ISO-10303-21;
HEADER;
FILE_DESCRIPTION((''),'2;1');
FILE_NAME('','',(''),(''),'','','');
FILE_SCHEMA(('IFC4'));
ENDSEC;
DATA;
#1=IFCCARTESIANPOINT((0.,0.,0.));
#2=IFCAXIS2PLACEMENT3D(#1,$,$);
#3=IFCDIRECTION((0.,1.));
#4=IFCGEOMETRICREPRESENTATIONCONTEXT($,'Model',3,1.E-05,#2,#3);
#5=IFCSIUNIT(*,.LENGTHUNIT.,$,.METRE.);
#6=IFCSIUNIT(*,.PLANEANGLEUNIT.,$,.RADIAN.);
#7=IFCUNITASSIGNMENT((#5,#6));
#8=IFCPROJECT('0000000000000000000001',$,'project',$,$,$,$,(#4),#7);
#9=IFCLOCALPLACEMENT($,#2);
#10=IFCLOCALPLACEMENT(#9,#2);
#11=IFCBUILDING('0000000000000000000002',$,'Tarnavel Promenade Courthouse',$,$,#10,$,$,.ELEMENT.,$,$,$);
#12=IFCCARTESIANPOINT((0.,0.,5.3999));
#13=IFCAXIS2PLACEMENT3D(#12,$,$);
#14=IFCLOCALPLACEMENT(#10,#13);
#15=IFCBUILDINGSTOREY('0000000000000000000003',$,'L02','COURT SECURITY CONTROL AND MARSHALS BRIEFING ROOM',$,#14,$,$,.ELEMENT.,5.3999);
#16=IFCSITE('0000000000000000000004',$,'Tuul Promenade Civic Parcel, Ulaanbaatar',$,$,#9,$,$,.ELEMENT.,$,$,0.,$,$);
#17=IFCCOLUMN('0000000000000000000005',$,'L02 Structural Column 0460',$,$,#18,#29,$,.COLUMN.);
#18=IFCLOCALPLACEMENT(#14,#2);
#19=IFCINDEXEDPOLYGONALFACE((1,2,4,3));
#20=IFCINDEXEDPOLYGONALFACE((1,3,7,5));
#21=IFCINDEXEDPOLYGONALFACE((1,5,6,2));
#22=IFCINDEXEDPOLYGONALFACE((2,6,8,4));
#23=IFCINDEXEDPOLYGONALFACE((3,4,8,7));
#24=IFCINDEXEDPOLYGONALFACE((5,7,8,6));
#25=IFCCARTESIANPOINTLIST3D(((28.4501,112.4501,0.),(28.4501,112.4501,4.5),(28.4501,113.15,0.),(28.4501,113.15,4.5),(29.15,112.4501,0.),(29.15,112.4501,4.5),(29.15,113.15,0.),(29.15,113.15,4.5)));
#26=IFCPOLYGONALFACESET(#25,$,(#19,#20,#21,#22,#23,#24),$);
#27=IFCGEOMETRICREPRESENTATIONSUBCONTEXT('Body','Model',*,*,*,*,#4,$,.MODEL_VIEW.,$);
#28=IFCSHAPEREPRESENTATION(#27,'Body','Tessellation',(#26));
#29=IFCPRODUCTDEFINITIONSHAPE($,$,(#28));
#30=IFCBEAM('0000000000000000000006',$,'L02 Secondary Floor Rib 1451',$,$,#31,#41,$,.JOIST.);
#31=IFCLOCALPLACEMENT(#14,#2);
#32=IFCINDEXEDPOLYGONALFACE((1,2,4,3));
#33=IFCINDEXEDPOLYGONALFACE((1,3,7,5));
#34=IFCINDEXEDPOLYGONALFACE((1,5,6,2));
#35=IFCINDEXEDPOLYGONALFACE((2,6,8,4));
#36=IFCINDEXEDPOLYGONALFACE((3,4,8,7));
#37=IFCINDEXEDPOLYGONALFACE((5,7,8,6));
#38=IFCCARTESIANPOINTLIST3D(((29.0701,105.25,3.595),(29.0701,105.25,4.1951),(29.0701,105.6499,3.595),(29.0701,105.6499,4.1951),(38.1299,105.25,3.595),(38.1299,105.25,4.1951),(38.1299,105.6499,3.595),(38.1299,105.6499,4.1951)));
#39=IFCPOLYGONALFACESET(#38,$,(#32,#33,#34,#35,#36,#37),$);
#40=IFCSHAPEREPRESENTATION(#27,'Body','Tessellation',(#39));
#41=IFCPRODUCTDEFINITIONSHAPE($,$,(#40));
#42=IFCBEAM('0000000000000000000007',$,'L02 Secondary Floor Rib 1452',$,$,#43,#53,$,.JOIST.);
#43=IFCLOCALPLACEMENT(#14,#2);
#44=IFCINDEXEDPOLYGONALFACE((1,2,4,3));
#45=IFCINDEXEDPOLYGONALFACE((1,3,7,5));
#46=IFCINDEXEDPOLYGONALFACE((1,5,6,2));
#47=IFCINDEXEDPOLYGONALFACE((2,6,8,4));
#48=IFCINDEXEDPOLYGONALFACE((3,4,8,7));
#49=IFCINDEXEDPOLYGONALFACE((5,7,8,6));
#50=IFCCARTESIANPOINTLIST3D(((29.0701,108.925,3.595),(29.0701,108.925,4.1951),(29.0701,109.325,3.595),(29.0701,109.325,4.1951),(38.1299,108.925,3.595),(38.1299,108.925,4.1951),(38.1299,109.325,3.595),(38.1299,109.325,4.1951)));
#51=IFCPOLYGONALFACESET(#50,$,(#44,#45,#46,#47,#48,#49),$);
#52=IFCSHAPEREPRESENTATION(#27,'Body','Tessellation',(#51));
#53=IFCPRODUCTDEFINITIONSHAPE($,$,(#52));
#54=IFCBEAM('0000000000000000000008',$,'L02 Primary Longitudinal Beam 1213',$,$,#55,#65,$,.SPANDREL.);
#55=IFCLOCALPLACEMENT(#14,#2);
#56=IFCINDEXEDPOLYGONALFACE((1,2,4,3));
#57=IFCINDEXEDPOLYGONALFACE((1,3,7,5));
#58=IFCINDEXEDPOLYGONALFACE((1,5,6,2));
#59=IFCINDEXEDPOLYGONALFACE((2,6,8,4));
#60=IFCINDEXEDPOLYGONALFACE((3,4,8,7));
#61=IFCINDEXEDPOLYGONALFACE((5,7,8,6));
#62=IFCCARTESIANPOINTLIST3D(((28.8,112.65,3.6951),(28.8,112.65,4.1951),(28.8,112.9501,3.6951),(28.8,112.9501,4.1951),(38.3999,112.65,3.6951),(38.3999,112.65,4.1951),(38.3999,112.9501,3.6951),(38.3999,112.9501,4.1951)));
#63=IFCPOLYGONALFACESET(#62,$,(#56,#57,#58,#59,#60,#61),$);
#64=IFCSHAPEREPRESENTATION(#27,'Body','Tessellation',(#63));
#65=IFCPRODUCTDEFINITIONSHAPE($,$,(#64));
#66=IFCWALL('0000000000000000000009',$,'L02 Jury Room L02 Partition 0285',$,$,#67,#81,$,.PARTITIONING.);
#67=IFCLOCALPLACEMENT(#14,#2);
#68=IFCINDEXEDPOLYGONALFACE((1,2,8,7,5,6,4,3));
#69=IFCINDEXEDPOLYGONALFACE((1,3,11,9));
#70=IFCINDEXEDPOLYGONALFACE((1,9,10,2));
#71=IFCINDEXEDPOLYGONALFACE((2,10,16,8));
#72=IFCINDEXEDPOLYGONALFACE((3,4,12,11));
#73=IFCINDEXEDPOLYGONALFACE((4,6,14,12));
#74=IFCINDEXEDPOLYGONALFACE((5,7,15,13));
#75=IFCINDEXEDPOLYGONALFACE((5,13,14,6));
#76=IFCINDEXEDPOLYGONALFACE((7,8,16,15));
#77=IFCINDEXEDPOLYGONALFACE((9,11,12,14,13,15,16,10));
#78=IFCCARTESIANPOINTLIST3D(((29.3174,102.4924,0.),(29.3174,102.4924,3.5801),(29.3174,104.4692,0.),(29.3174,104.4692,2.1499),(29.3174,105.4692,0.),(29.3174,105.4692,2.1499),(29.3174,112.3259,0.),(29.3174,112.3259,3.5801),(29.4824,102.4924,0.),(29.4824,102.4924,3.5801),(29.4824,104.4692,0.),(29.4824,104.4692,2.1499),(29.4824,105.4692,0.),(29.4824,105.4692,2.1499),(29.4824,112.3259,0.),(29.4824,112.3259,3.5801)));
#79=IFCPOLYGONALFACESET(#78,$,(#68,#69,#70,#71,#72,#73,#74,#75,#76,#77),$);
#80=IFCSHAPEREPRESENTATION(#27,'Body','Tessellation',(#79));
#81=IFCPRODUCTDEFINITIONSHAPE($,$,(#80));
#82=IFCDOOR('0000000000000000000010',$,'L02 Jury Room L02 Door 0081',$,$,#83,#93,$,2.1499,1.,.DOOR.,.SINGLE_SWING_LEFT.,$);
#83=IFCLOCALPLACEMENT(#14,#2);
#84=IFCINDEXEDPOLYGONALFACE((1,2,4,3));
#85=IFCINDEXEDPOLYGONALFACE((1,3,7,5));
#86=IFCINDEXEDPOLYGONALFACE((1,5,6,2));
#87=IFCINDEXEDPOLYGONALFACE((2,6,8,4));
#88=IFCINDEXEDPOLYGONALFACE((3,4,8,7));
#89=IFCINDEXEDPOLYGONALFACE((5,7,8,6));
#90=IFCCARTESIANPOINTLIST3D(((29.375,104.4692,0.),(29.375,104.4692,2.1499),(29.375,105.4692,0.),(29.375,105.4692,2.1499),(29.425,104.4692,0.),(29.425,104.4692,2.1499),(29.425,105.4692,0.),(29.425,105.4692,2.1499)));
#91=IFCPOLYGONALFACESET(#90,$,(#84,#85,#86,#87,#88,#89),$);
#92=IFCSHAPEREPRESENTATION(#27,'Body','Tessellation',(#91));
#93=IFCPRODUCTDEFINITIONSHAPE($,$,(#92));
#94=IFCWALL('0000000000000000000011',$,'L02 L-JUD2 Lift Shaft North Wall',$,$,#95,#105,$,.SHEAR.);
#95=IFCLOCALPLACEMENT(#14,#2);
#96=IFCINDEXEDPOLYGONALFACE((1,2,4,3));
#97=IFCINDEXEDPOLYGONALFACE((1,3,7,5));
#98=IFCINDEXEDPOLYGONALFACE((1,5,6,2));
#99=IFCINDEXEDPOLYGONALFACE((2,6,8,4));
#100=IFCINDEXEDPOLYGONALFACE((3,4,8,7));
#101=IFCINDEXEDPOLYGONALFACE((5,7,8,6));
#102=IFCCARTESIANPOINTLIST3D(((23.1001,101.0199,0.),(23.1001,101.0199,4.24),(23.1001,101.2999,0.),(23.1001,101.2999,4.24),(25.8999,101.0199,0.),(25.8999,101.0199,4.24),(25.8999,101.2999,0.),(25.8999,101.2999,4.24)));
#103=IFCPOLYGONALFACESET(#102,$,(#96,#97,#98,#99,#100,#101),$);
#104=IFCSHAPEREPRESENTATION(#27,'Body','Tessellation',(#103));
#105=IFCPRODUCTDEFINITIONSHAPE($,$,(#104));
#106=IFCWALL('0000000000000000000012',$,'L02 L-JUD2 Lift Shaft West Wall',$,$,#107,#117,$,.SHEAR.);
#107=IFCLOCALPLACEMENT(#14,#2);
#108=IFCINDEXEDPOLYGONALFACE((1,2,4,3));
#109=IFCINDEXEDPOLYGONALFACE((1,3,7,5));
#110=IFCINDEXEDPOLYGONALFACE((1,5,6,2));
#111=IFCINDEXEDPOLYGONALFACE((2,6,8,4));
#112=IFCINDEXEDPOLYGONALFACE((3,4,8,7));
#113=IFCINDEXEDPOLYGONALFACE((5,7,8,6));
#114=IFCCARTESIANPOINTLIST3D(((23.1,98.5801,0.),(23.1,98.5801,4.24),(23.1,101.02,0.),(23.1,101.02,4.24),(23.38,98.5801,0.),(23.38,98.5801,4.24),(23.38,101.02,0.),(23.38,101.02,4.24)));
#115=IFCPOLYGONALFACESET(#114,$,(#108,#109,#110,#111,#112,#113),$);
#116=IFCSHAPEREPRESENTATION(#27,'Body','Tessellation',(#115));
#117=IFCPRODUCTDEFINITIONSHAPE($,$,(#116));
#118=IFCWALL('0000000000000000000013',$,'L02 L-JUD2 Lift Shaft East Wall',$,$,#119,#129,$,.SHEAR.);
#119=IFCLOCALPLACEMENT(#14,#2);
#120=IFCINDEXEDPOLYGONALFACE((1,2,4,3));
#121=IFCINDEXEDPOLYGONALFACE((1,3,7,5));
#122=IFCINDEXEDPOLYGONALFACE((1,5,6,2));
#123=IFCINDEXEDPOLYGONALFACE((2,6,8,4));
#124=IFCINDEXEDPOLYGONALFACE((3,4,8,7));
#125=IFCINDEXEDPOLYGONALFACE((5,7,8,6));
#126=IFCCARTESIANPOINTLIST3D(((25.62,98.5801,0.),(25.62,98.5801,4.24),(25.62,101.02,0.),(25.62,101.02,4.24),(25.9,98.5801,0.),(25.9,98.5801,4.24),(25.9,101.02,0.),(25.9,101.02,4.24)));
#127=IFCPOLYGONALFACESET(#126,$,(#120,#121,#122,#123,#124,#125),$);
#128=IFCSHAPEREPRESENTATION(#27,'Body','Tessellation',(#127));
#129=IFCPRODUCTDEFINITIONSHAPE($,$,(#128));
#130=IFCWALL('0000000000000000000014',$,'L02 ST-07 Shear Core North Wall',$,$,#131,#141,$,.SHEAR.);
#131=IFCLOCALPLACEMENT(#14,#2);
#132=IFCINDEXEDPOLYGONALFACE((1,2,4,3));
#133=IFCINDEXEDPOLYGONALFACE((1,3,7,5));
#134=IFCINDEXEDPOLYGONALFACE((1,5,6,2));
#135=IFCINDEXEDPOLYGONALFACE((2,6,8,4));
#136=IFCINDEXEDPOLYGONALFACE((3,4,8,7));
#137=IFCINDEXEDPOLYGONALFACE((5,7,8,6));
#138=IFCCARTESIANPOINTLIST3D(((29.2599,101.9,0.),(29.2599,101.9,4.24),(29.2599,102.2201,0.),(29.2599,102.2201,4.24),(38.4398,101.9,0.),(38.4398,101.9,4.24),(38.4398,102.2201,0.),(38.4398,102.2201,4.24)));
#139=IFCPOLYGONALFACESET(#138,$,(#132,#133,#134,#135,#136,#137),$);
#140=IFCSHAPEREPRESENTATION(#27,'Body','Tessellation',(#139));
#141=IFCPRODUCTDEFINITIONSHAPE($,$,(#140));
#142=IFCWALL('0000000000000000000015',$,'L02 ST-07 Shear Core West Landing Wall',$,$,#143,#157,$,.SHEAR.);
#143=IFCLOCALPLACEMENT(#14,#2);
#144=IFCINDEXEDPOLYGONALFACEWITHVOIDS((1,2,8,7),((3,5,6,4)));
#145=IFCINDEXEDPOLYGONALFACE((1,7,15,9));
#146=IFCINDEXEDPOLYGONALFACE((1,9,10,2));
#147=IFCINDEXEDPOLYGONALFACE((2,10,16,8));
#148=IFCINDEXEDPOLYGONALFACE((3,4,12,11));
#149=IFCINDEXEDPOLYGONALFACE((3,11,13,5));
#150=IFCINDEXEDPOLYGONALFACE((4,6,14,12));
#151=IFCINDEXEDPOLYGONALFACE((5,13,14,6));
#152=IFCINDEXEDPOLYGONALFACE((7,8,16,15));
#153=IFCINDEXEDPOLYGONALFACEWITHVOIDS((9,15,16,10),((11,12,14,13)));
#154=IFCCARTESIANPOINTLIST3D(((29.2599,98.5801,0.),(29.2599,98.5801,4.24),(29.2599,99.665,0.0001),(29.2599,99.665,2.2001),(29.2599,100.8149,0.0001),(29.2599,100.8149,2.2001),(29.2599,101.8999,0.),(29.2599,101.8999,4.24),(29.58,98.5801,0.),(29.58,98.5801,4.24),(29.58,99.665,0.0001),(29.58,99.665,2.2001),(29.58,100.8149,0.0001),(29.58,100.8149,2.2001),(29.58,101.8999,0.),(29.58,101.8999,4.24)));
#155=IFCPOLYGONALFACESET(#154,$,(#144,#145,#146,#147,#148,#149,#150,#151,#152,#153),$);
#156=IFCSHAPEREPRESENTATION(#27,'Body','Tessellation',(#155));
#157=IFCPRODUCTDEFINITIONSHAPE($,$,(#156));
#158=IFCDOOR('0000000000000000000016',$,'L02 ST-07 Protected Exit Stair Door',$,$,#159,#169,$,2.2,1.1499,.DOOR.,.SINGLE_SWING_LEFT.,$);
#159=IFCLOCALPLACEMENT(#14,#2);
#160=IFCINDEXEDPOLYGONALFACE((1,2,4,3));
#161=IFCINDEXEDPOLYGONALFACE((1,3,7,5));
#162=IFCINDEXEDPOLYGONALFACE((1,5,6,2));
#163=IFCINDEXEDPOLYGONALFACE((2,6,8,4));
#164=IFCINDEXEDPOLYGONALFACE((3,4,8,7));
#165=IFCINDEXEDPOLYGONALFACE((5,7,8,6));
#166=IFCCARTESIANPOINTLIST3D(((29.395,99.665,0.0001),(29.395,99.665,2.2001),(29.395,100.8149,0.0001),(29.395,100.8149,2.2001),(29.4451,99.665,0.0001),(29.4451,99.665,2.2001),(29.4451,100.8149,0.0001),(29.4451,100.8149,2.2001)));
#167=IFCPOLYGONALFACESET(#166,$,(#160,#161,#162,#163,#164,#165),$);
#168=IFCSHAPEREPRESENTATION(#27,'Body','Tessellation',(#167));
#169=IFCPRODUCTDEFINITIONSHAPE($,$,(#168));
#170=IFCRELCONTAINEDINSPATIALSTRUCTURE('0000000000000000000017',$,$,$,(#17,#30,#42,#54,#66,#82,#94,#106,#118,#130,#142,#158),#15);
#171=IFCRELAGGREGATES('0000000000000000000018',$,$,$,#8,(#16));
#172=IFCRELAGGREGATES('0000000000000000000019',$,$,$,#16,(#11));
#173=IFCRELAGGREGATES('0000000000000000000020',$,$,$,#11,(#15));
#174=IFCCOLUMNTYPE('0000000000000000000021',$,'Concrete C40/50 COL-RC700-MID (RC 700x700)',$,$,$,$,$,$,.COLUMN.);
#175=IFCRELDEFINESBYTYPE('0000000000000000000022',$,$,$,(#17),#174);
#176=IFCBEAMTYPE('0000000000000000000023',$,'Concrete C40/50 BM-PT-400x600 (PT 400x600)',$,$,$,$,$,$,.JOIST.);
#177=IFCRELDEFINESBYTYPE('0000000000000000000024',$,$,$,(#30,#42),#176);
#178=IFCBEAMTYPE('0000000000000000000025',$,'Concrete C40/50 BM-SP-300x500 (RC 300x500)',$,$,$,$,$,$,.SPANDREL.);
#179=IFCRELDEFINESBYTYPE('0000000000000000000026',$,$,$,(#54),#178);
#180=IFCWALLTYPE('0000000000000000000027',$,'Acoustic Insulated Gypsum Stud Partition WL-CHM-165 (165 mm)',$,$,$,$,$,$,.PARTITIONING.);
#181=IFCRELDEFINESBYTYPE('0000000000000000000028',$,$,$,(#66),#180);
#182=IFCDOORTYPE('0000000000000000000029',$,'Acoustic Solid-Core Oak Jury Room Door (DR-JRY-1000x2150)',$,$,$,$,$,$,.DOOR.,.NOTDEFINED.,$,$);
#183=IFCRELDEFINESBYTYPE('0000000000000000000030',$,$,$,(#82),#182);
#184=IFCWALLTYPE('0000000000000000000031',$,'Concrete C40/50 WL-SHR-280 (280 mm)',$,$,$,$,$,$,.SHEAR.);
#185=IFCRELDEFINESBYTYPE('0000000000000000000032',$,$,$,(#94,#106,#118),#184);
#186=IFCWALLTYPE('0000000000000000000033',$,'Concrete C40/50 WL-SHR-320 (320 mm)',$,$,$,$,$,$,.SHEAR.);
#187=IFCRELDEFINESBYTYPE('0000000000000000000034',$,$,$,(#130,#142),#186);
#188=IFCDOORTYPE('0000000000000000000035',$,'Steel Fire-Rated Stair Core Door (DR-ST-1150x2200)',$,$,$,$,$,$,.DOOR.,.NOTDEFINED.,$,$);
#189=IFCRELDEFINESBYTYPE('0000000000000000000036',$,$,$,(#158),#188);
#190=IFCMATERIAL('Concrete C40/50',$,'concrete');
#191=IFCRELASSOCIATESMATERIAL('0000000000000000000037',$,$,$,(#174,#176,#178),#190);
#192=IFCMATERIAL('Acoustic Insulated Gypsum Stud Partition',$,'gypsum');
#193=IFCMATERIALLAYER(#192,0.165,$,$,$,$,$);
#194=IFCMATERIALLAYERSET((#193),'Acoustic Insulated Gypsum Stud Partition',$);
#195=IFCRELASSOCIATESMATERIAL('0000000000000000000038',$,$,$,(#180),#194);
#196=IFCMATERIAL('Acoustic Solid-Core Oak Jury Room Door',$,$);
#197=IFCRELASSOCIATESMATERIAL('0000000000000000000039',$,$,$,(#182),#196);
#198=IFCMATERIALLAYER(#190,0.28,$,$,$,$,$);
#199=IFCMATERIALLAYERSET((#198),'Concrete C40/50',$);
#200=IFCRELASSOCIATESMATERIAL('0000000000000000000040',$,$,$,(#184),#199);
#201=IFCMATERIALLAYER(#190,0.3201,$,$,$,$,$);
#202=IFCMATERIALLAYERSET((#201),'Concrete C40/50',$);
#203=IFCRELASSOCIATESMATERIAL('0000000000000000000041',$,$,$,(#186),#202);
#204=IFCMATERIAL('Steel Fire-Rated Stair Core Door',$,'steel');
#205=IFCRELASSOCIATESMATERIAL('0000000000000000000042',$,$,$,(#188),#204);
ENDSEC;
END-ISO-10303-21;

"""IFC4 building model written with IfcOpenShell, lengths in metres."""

from ifc_helpers import new_model, si_unit, direction, frame, frame_2d, origin, origin_2d, place, context, subcontext, project, spatial, rectangle, extrude, material, layer, layer_set, material_profile, profile_set, type_object, element, fill, save


model = new_model("IFC4")

# Units and contexts
model_context = context("Model", 3, precision=1e-05, world=origin(), true_north=direction((0.0, 1.0)))
body_context = subcontext(model_context, "Body", "Model", "MODEL_VIEW")
ifc_project = project(units=[si_unit("LENGTHUNIT", "METRE"), si_unit("PLANEANGLEUNIT", "RADIAN")], contexts=[model_context])

# Site, building, storey
site_placement = place(None, origin())
site = spatial("IfcSite", under=ifc_project, at=site_placement, Name="Tuul Promenade Civic Parcel, Ulaanbaatar", CompositionType="ELEMENT", RefElevation=0.0)
building_placement = place(site_placement, origin())
building = spatial("IfcBuilding", under=site, at=building_placement, Name="Tarnavel Promenade Courthouse", CompositionType="ELEMENT")
storey_placement = place(building_placement, frame((0.0, 0.0, 5.3999)))
storey = spatial("IfcBuildingStorey", under=building, at=storey_placement, Name="L02", Description="COURT SECURITY CONTROL AND MARSHALS BRIEFING ROOM", CompositionType="ELEMENT", Elevation=5.3999)

# Column
ifc_material_1 = material(Name="Concrete C40/50", Category="concrete")
ifc_material_profile_1 = material_profile(ifc_material_1, rectangle(XDim=0.7, YDim=0.7, at=origin_2d()), Name="RC 700x700")
ifc_profile_set_1 = profile_set([ifc_material_profile_1], Name="Concrete C40/50")
column_type = type_object("IfcColumnType", Name="Concrete C40/50 COL-RC700-MID (RC 700x700)", PredefinedType="COLUMN", material=ifc_profile_set_1)
column_placement = place(storey_placement, frame((28.8, 112.8, 0.0), z_axis=(0.0, 0.0, 1.0), x_axis=(1.0, 0.0, 0.0)))
element("IfcColumn", 1, at=column_placement, inside=storey, type_object=column_type, Name="L02 Structural Column 0460", PredefinedType="COLUMN", context=body_context, shape_type="SweptSolid", body=[
    extrude(rectangle(XDim=0.7, YDim=0.7, at=origin_2d()), origin(), (0.0, 0.0, 1.0), 4.5),
])

# Beams
ifc_material_profile_2 = material_profile(ifc_material_1, rectangle(XDim=0.3999, YDim=0.6001, at=origin_2d()), Name="PT 400x600")
ifc_profile_set_2 = profile_set([ifc_material_profile_2], Name="Concrete C40/50")
beam_type_1 = type_object("IfcBeamType", Name="Concrete C40/50 BM-PT-400x600 (PT 400x600)", PredefinedType="JOIST", material=ifc_profile_set_2)
for number, where, z_axis, x_axis, name in (
    (2, (29.0701, 105.45, 3.895), (1.0, 0.0, 0.0), (0.0, 1.0, 0.0), "L02 Secondary Floor Rib 1451"),
    (3, (29.0701, 109.125, 3.895), (1.0, 0.0, 0.0), (0.0, 1.0, 0.0), "L02 Secondary Floor Rib 1452"),
):
    element("IfcBeam", number, at=place(storey_placement, frame(where, z_axis=z_axis, x_axis=x_axis)), inside=storey, type_object=beam_type_1, Name=name, PredefinedType="JOIST", context=body_context, shape_type="SweptSolid", body=[
        extrude(rectangle(XDim=0.3999, YDim=0.6001, at=origin_2d()), origin(), (0.0, 0.0, 1.0), 9.0598),
    ])
ifc_material_profile_3 = material_profile(ifc_material_1, rectangle(XDim=0.3, YDim=0.5, at=origin_2d()), Name="RC 300x500")
ifc_profile_set_3 = profile_set([ifc_material_profile_3], Name="Concrete C40/50")
beam_type_2 = type_object("IfcBeamType", Name="Concrete C40/50 BM-SP-300x500 (RC 300x500)", PredefinedType="SPANDREL", material=ifc_profile_set_3)
beam_placement = place(storey_placement, frame((28.8, 112.8, 3.9451), z_axis=(1.0, 0.0, 0.0), x_axis=(0.0, 1.0, 0.0)))
element("IfcBeam", 4, at=beam_placement, inside=storey, type_object=beam_type_2, Name="L02 Primary Longitudinal Beam 1213", PredefinedType="SPANDREL", context=body_context, shape_type="SweptSolid", body=[
    extrude(rectangle(XDim=0.3, YDim=0.5, at=origin_2d()), origin(), (0.0, 0.0, 1.0), 9.5999),
])

# Wall, opening, door
ifc_material_2 = material(Name="Acoustic Insulated Gypsum Stud Partition", Category="gypsum")
ifc_layer_1 = layer(ifc_material_2, 0.165)
ifc_layer_set_1 = layer_set([ifc_layer_1], Name="Acoustic Insulated Gypsum Stud Partition")
wall_type_1 = type_object("IfcWallType", Name="Acoustic Insulated Gypsum Stud Partition WL-CHM-165 (165 mm)", PredefinedType="PARTITIONING", material=ifc_layer_set_1)
wall_1_placement = place(storey_placement, frame((29.3999, 102.4924, 0.0), z_axis=(0.0, 0.0, 1.0), x_axis=(0.0, 1.0, 0.0)))
wall_1 = element("IfcWall", 5, at=wall_1_placement, inside=storey, type_object=wall_type_1, Name="L02 Jury Room L02 Partition 0285", PredefinedType="PARTITIONING", context=body_context, shape_type="SweptSolid", body=[
    extrude(rectangle(XDim=9.8335, YDim=0.165, at=frame_2d((4.9167, 0.0))), origin(), (0.0, 0.0, 1.0), 3.5801),
])
opening_1_placement = place(wall_1_placement, frame((1.9768, 0.0, 0.0)))
opening_1 = element("IfcOpeningElement", 6, at=opening_1_placement, cuts=wall_1, PredefinedType="OPENING", context=body_context, shape_type="SweptSolid", body=[
    extrude(rectangle(XDim=1.0, YDim=2.1499, at=frame_2d((0.5, 1.075))), frame((0.0, 0.0925, 0.0), z_axis=(0.0, -1.0, 0.0), x_axis=(1.0, 0.0, 0.0)), (0.0, 0.0, 1.0), 0.1851),
])
ifc_material_3 = material(Name="Acoustic Solid-Core Oak Jury Room Door")
door_type_1 = type_object("IfcDoorType", Name="Acoustic Solid-Core Oak Jury Room Door (DR-JRY-1000x2150)", OperationType="NOTDEFINED", PredefinedType="DOOR", material=ifc_material_3)
door_1_placement = place(opening_1_placement, origin())
door_1 = element("IfcDoor", 7, at=door_1_placement, inside=storey, type_object=door_type_1, Name="L02 Jury Room L02 Door 0081", OperationType="SINGLE_SWING_LEFT", OverallHeight=2.1499, OverallWidth=1.0, PredefinedType="DOOR", context=body_context, shape_type="SweptSolid", body=[
    extrude(rectangle(XDim=1.0, YDim=2.1499, at=frame_2d((0.5, 1.075))), frame((0.0, 0.0249, 0.0), z_axis=(0.0, -1.0, 0.0), x_axis=(1.0, 0.0, 0.0)), (0.0, 0.0, 1.0), 0.05),
])
fill(opening_1, door_1)

# Wall
ifc_layer_2 = layer(ifc_material_1, 0.28)
ifc_layer_set_2 = layer_set([ifc_layer_2], Name="Concrete C40/50")
wall_type_2 = type_object("IfcWallType", Name="Concrete C40/50 WL-SHR-280 (280 mm)", PredefinedType="SHEAR", material=ifc_layer_set_2)
wall_2_placement = place(storey_placement, frame((23.1001, 101.1599, 0.0), z_axis=(0.0, 0.0, 1.0), x_axis=(1.0, 0.0, 0.0)))
element("IfcWall", 8, at=wall_2_placement, inside=storey, type_object=wall_type_2, Name="L02 L-JUD2 Lift Shaft North Wall", PredefinedType="SHEAR", context=body_context, shape_type="SweptSolid", body=[
    extrude(rectangle(XDim=2.7998, YDim=0.28, at=frame_2d((1.3999, 0.0))), origin(), (0.0, 0.0, 1.0), 4.24),
])

# Walls
for number, where, z_axis, x_axis, name in (
    (9, (23.24, 98.5801, 0.0), (0.0, 0.0, 1.0), (0.0, 1.0, 0.0), "L02 L-JUD2 Lift Shaft West Wall"),
    (10, (25.76, 101.02, 0.0), (0.0, 0.0, 1.0), (0.0, -1.0, 0.0), "L02 L-JUD2 Lift Shaft East Wall"),
):
    element("IfcWall", number, at=place(storey_placement, frame(where, z_axis=z_axis, x_axis=x_axis)), inside=storey, type_object=wall_type_2, Name=name, PredefinedType="SHEAR", context=body_context, shape_type="SweptSolid", body=[
        extrude(rectangle(XDim=2.4399, YDim=0.28, at=frame_2d((1.22, 0.0))), origin(), (0.0, 0.0, 1.0), 4.24),
    ])
ifc_layer_3 = layer(ifc_material_1, 0.3201)
ifc_layer_set_3 = layer_set([ifc_layer_3], Name="Concrete C40/50")
wall_type_3 = type_object("IfcWallType", Name="Concrete C40/50 WL-SHR-320 (320 mm)", PredefinedType="SHEAR", material=ifc_layer_set_3)
wall_3_placement = place(storey_placement, frame((29.26, 102.0601, 0.0), z_axis=(0.0, 0.0, 1.0), x_axis=(1.0, 0.0, 0.0)))
element("IfcWall", 11, at=wall_3_placement, inside=storey, type_object=wall_type_3, Name="L02 ST-07 Shear Core North Wall", PredefinedType="SHEAR", context=body_context, shape_type="SweptSolid", body=[
    extrude(rectangle(XDim=9.1799, YDim=0.3201, at=frame_2d((4.5898, 0.0))), origin(), (0.0, 0.0, 1.0), 4.24),
])

# Wall, opening, door
wall_4_placement = place(storey_placement, frame((29.4199, 98.5801, 0.0), z_axis=(0.0, 0.0, 1.0), x_axis=(0.0, 1.0, 0.0)))
wall_4 = element("IfcWall", 12, at=wall_4_placement, inside=storey, type_object=wall_type_3, Name="L02 ST-07 Shear Core West Landing Wall", PredefinedType="SHEAR", context=body_context, shape_type="SweptSolid", body=[
    extrude(rectangle(XDim=3.3198, YDim=0.3201, at=frame_2d((1.6599, 0.0))), origin(), (0.0, 0.0, 1.0), 4.24),
])
opening_2_placement = place(wall_4_placement, frame((1.085, 0.0, 0.0)))
opening_2 = element("IfcOpeningElement", 13, at=opening_2_placement, cuts=wall_4, PredefinedType="OPENING", context=body_context, shape_type="SweptSolid", body=[
    extrude(rectangle(XDim=1.1499, YDim=2.2, at=frame_2d((0.575, 1.1001))), frame((0.0, 0.1699, 0.0), z_axis=(0.0, -1.0, 0.0), x_axis=(1.0, 0.0, 0.0)), (0.0, 0.0, 1.0), 0.3401),
])
ifc_material_4 = material(Name="Steel Fire-Rated Stair Core Door", Category="steel")
door_type_2 = type_object("IfcDoorType", Name="Steel Fire-Rated Stair Core Door (DR-ST-1150x2200)", OperationType="NOTDEFINED", PredefinedType="DOOR", material=ifc_material_4)
door_2_placement = place(opening_2_placement, origin())
door_2 = element("IfcDoor", 14, at=door_2_placement, inside=storey, type_object=door_type_2, Name="L02 ST-07 Protected Exit Stair Door", OperationType="SINGLE_SWING_LEFT", OverallHeight=2.2, OverallWidth=1.1499, PredefinedType="DOOR", context=body_context, shape_type="SweptSolid", body=[
    extrude(rectangle(XDim=1.1499, YDim=2.2, at=frame_2d((0.575, 1.1001))), frame((0.0, 0.0249, 0.0), z_axis=(0.0, -1.0, 0.0), x_axis=(1.0, 0.0, 0.0)), (0.0, 0.0, 1.0), 0.05),
])
fill(opening_2, door_2)

save(model, "model.ifc")
